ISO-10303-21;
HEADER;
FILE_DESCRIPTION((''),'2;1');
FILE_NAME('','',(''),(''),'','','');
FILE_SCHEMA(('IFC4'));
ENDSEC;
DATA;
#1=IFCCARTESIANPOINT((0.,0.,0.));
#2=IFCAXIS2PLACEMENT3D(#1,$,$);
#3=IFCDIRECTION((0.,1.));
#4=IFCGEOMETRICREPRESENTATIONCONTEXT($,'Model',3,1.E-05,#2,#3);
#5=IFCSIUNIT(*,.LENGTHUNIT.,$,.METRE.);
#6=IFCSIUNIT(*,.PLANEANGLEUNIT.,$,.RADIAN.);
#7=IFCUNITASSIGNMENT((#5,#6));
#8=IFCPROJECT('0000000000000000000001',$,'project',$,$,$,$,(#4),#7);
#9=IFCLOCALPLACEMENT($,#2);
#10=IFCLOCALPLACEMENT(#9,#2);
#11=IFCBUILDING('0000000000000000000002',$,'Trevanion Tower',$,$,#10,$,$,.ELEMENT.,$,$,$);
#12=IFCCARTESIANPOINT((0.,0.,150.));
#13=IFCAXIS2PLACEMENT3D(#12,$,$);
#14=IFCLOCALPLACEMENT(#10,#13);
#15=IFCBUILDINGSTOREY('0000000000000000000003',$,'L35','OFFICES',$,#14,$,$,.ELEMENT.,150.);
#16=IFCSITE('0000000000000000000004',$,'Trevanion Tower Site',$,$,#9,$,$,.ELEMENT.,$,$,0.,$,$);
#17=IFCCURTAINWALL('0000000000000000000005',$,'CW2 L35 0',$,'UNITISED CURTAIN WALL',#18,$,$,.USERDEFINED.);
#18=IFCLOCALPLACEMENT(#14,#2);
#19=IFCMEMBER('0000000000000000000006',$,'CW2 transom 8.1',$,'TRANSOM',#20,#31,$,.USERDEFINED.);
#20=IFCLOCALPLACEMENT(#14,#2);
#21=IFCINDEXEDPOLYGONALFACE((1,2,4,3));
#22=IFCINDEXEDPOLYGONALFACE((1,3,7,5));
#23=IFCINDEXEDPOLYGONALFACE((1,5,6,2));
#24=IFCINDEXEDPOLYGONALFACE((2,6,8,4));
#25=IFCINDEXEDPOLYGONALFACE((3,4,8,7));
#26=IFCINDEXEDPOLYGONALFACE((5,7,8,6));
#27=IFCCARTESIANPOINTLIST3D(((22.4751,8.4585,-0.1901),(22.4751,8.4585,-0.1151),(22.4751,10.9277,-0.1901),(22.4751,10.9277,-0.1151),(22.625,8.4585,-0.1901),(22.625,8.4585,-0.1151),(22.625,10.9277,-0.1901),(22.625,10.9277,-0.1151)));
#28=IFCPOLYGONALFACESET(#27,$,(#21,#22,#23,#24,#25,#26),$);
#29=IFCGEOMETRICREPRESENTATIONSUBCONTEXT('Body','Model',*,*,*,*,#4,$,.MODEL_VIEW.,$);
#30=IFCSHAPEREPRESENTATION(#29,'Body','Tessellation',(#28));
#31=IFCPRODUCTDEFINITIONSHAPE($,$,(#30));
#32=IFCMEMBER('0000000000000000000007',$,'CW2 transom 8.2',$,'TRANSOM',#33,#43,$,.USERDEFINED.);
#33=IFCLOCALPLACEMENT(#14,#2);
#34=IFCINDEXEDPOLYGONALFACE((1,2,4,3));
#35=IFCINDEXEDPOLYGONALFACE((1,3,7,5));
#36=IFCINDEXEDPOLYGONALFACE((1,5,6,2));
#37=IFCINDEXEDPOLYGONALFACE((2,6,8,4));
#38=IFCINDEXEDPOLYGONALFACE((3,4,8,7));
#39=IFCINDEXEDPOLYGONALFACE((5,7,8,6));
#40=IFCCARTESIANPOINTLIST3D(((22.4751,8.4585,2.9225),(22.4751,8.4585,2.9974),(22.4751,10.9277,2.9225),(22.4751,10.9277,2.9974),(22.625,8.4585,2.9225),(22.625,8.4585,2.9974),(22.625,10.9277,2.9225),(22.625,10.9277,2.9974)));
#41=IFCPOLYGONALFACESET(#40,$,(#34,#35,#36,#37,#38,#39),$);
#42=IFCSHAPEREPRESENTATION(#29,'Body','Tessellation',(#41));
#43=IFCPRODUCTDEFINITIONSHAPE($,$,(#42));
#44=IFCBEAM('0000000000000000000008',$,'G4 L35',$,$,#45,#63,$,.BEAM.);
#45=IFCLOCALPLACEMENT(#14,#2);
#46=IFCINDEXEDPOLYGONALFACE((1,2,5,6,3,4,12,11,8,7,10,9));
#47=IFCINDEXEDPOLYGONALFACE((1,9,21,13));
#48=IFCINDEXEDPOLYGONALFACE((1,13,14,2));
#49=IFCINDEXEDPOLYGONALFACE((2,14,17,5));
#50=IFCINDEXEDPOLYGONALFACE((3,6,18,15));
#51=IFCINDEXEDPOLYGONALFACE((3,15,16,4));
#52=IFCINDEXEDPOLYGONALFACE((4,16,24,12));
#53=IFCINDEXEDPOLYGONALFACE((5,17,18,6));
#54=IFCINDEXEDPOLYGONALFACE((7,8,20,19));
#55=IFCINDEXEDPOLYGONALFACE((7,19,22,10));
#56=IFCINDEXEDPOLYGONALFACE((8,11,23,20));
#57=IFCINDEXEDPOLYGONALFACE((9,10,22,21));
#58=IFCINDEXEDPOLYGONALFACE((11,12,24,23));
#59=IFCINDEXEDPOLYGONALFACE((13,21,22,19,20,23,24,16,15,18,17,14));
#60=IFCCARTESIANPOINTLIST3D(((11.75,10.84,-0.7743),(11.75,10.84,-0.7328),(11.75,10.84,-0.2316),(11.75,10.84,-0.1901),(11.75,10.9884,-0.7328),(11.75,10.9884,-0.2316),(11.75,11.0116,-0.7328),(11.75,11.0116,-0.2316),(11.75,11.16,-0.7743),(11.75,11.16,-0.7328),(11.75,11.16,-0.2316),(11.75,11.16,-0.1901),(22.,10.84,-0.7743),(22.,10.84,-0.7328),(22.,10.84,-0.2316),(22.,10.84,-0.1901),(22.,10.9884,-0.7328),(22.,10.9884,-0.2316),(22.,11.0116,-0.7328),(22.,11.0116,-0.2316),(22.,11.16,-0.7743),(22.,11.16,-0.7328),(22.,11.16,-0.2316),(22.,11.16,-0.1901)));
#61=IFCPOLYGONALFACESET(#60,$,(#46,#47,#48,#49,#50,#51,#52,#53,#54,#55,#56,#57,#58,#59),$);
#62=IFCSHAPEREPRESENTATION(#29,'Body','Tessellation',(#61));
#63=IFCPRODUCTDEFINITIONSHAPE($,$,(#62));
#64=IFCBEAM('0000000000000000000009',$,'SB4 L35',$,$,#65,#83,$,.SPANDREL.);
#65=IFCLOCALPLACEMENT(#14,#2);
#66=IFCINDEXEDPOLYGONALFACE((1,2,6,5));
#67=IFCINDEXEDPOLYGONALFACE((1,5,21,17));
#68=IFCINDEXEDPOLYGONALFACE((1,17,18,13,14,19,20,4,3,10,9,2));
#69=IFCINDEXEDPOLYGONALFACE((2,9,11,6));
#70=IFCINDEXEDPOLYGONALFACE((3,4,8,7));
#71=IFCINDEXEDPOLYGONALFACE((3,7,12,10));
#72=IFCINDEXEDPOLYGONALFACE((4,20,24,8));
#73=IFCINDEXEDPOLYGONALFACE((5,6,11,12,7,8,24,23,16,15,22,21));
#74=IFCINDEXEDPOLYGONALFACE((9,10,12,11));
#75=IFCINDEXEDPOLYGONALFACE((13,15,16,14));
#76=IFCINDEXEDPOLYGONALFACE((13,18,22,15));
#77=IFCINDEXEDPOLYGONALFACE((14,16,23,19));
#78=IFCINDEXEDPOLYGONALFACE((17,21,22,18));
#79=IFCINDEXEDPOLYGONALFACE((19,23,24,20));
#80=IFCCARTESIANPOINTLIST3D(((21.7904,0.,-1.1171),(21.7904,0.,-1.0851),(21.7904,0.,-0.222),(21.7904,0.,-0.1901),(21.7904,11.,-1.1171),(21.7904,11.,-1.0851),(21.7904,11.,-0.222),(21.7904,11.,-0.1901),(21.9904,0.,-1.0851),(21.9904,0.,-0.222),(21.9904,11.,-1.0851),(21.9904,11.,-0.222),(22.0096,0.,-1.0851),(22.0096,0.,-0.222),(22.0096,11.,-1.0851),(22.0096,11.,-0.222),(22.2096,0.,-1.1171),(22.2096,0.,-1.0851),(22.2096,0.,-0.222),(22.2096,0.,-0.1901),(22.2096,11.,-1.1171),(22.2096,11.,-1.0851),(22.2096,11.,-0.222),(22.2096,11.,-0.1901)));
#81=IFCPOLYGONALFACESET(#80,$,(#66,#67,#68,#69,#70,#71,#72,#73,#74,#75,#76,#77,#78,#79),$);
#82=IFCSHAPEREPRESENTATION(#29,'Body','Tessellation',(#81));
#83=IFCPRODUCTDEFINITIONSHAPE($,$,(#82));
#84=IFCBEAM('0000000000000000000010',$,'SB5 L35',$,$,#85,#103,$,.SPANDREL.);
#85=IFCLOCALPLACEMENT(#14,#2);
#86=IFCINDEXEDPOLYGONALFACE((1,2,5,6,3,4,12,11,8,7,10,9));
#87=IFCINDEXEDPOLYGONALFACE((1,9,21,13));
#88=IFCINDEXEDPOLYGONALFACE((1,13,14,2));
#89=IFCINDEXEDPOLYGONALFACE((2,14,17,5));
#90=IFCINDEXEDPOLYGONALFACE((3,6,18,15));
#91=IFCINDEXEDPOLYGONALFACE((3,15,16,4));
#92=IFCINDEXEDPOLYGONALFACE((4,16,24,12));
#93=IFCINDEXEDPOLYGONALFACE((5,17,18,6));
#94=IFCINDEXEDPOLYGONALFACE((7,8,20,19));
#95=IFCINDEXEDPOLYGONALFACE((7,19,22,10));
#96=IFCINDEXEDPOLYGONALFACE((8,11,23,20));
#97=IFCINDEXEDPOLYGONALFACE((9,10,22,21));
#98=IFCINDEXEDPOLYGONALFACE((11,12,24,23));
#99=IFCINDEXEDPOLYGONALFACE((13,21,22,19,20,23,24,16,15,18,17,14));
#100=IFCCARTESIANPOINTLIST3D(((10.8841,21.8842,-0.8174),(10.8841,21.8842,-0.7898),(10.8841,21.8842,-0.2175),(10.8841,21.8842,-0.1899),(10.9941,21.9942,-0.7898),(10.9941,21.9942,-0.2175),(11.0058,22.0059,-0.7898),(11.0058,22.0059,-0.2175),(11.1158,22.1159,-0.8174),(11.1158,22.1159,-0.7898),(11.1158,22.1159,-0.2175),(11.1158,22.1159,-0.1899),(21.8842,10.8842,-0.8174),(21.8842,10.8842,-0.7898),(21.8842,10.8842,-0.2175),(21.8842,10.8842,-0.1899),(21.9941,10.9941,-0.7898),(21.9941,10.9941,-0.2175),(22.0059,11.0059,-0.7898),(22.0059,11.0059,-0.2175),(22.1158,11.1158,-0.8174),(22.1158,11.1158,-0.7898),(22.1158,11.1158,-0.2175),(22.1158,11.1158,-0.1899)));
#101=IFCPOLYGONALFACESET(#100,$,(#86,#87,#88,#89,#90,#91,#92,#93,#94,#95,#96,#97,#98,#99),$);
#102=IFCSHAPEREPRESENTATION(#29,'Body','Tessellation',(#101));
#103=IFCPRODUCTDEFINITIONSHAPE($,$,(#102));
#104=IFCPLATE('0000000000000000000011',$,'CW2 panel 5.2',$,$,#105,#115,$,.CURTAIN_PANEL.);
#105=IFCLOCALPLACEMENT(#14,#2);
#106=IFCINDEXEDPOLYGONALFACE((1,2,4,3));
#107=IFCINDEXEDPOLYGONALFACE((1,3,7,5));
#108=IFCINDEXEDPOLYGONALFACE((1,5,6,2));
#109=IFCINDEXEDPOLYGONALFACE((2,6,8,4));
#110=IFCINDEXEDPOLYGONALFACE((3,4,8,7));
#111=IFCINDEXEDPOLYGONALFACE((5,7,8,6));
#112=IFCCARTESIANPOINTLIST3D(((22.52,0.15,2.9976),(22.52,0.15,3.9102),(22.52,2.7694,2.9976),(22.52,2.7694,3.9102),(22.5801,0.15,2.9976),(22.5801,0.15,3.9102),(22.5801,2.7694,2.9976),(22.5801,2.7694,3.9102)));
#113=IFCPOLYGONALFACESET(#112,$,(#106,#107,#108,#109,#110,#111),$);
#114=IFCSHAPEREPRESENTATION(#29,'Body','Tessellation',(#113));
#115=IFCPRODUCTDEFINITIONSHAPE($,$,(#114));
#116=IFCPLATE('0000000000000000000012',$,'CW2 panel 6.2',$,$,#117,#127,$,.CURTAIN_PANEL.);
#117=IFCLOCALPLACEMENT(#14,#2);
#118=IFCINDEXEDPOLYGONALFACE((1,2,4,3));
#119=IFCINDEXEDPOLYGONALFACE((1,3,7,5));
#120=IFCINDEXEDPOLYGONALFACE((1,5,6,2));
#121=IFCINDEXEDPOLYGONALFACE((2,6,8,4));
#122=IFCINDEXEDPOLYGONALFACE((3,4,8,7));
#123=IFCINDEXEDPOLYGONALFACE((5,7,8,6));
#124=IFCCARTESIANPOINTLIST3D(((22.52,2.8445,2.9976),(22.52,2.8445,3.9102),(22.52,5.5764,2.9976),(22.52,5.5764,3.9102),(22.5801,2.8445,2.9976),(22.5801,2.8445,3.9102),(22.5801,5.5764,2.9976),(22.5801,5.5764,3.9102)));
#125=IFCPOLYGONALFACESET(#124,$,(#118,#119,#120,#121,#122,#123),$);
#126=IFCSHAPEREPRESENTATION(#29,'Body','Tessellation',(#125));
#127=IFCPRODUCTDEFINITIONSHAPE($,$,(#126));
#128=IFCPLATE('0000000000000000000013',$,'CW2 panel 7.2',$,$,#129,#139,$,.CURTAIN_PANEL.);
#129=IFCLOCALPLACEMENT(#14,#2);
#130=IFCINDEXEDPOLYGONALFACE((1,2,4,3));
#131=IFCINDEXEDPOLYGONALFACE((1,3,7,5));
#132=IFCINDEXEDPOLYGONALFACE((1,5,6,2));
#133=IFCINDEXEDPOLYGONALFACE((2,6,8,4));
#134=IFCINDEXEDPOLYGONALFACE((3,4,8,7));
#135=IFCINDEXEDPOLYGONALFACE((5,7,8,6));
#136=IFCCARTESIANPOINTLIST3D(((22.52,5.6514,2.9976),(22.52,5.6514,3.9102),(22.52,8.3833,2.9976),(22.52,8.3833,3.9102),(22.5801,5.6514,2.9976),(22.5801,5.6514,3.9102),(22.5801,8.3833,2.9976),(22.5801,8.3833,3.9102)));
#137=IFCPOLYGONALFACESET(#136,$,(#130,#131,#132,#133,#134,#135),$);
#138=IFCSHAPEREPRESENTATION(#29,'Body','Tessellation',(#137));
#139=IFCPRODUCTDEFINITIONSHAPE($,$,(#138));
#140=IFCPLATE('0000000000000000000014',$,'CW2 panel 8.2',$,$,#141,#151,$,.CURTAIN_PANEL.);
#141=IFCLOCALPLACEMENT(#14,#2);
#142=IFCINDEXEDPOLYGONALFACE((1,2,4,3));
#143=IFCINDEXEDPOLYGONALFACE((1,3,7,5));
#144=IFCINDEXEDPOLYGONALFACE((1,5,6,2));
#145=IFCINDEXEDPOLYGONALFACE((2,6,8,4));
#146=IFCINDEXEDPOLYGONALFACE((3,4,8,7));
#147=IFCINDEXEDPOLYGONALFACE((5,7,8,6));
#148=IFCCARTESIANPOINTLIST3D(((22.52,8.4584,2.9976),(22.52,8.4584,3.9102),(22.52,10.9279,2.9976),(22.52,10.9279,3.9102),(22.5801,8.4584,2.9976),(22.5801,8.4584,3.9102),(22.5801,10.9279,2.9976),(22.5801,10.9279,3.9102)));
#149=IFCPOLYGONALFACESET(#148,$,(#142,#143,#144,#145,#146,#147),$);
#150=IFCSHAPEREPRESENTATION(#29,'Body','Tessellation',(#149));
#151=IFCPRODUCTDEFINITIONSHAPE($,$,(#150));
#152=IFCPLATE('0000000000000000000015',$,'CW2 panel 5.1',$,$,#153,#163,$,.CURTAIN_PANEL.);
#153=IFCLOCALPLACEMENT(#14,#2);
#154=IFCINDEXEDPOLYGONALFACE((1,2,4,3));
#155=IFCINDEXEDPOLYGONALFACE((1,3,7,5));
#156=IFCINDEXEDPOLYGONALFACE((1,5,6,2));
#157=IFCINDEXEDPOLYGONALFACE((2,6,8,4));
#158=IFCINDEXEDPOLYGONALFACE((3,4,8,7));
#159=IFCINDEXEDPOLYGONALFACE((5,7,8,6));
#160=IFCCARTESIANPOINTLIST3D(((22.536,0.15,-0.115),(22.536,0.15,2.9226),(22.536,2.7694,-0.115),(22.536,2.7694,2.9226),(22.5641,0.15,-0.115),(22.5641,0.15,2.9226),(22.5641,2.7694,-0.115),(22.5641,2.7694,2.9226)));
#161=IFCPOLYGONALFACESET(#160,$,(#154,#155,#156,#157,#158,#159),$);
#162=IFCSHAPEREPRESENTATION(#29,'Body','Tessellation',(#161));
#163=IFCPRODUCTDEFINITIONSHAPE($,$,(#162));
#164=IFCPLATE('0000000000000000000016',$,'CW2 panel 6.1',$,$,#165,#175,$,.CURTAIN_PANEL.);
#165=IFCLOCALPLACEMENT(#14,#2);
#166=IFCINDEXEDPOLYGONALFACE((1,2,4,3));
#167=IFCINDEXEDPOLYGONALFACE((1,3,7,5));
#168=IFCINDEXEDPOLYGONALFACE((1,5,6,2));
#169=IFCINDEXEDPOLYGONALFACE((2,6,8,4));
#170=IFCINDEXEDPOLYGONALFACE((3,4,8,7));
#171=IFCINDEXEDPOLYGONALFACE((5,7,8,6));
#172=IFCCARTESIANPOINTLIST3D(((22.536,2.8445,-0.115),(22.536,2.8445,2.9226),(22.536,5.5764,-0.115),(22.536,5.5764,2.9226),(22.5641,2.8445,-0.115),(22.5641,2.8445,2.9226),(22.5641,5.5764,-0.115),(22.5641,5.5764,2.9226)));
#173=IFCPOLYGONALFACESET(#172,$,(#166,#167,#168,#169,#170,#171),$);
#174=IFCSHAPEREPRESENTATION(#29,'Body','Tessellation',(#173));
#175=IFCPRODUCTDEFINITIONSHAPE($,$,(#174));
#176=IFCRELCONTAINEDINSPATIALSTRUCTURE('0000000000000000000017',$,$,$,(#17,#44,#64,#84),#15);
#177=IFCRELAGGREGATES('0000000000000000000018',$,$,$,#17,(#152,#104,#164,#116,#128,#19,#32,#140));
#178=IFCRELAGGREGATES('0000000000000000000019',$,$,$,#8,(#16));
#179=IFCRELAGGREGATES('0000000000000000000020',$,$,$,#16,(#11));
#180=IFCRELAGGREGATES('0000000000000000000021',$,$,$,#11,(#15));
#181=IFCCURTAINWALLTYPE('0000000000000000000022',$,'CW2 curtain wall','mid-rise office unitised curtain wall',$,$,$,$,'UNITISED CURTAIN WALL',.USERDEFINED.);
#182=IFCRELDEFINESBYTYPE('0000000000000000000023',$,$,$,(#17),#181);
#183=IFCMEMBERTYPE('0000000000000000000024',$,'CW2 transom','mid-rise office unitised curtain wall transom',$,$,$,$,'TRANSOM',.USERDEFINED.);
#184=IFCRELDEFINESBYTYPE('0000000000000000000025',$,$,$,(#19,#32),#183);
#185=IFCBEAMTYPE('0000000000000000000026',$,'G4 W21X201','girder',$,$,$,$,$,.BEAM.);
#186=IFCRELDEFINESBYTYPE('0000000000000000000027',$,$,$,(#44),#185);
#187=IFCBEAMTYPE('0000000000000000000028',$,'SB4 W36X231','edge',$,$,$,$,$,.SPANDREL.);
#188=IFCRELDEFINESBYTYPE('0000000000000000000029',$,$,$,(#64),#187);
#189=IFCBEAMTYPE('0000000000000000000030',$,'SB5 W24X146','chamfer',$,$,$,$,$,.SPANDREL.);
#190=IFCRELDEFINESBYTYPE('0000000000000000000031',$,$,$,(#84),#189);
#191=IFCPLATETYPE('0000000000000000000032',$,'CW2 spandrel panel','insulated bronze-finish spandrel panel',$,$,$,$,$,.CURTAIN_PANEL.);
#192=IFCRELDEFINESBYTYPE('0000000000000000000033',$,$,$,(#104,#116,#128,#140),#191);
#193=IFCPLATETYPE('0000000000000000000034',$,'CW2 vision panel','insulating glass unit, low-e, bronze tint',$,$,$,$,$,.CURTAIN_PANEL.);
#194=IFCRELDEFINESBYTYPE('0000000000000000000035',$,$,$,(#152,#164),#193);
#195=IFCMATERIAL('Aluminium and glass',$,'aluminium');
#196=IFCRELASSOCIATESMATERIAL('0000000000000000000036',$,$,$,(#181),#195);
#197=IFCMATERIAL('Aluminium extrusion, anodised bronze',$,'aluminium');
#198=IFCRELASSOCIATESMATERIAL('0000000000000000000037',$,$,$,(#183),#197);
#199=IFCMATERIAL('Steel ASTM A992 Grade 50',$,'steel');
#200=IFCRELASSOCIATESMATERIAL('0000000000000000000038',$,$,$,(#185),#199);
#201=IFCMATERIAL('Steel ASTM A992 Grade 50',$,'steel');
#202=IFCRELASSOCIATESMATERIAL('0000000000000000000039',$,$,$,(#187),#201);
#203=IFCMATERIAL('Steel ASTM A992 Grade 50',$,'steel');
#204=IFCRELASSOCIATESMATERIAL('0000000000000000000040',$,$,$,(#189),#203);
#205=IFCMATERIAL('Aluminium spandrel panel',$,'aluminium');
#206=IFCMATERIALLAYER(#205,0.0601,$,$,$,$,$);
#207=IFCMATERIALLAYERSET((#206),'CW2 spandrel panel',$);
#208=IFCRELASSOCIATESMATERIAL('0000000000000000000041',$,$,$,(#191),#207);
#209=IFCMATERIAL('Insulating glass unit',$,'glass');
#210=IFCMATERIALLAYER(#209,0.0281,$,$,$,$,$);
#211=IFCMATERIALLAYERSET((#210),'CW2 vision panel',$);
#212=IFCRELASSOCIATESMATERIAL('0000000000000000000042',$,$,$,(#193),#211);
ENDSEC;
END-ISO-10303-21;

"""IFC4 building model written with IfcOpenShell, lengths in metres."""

from ifc_helpers import new_model, si_unit, direction, frame, origin, origin_2d, place, context, subcontext, project, spatial, rectangle, i_section, extrude, material, layer, layer_set, material_profile, profile_set, type_object, element, aggregate, save


model = new_model("IFC4")

# Units and contexts
model_context = context("Model", 3, precision=1e-05, world=origin(), true_north=direction((0.0, 1.0)))
body_context = subcontext(model_context, "Body", "Model", "MODEL_VIEW")
ifc_project = project(units=[si_unit("LENGTHUNIT", "METRE"), si_unit("PLANEANGLEUNIT", "RADIAN")], contexts=[model_context])

# Site, building, storey
site_placement = place(None, origin())
site = spatial("IfcSite", under=ifc_project, at=site_placement, Name="Trevanion Tower Site", CompositionType="ELEMENT", RefElevation=0.0)
building_placement = place(site_placement, origin())
building = spatial("IfcBuilding", under=site, at=building_placement, Name="Trevanion Tower", CompositionType="ELEMENT")
storey_placement = place(building_placement, frame((0.0, 0.0, 150.0)))
storey = spatial("IfcBuildingStorey", under=building, at=storey_placement, Name="L35", Description="OFFICES", CompositionType="ELEMENT", Elevation=150.0)

# Curtain wall, members
ifc_material_1 = material(Name="Aluminium and glass", Category="aluminium")
curtain_wall_type = type_object("IfcCurtainWallType", Name="CW2 curtain wall", Description="mid-rise office unitised curtain wall", ElementType="UNITISED CURTAIN WALL", PredefinedType="USERDEFINED", material=ifc_material_1)
curtain_wall_placement = place(storey_placement, origin())
curtain_wall = element("IfcCurtainWall", 1, at=curtain_wall_placement, inside=storey, type_object=curtain_wall_type, Name="CW2 L35 0", ObjectType="UNITISED CURTAIN WALL", PredefinedType="USERDEFINED")
ifc_material_2 = material(Name="Aluminium extrusion, anodised bronze", Category="aluminium")
ifc_material_profile_1 = material_profile(ifc_material_2, rectangle(XDim=0.1499, YDim=0.075, at=origin_2d()), Name="CW2 transom")
ifc_profile_set_1 = profile_set([ifc_material_profile_1], Name="Aluminium extrusion, anodised bronze")
member_type_1 = type_object("IfcMemberType", Name="CW2 transom", Description="mid-rise office unitised curtain wall transom", ElementType="TRANSOM", PredefinedType="USERDEFINED", material=ifc_profile_set_1)
member_1_placement = place(storey_placement, frame((22.55, 8.4585, -0.1526), z_axis=(0.0, 1.0, 0.0), x_axis=(-1.0, 0.0, 0.0)))
member_1 = element("IfcMember", 2, at=member_1_placement, type_object=member_type_1, Name="CW2 transom 8.1", ObjectType="TRANSOM", PredefinedType="USERDEFINED", context=body_context, shape_type="SweptSolid", body=[
    extrude(rectangle(XDim=0.1499, YDim=0.075, at=origin_2d()), origin(), (0.0, 0.0, 1.0), 2.4692),
])
member_2_placement = place(storey_placement, frame((22.55, 8.4585, 2.96), z_axis=(0.0, 1.0, 0.0), x_axis=(-1.0, 0.0, 0.0)))
member_2 = element("IfcMember", 3, at=member_2_placement, type_object=member_type_1, Name="CW2 transom 8.2", ObjectType="TRANSOM", PredefinedType="USERDEFINED", context=body_context, shape_type="SweptSolid", body=[
    extrude(rectangle(XDim=0.1499, YDim=0.075, at=origin_2d()), origin(), (0.0, 0.0, 1.0), 2.4692),
])

# Beams
ifc_material_3 = material(Name="Steel ASTM A992 Grade 50", Category="steel")
ifc_material_profile_2 = material_profile(ifc_material_3, i_section(OverallWidth=0.3201, OverallDepth=0.5842, WebThickness=0.0232, FlangeThickness=0.0415, at=origin_2d()), Name="W21X201")
ifc_profile_set_2 = profile_set([ifc_material_profile_2], Name="Steel ASTM A992 Grade 50")
beam_type_1 = type_object("IfcBeamType", Name="G4 W21X201", Description="girder", PredefinedType="BEAM", material=ifc_profile_set_2)
beam_1_placement = place(storey_placement, frame((11.75, 11.0, -0.4822), z_axis=(1.0, 0.0, 0.0), x_axis=(0.0, 1.0, 0.0)))
element("IfcBeam", 4, at=beam_1_placement, inside=storey, type_object=beam_type_1, Name="G4 L35", PredefinedType="BEAM", context=body_context, shape_type="SweptSolid", body=[
    extrude(i_section(OverallWidth=0.3201, OverallDepth=0.5842, WebThickness=0.0232, FlangeThickness=0.0415, at=origin_2d()), origin(), (0.0, 0.0, 1.0), 10.25),
])
ifc_material_4 = material(Name="Steel ASTM A992 Grade 50", Category="steel")
ifc_material_profile_3 = material_profile(ifc_material_4, i_section(OverallWidth=0.4192, OverallDepth=0.927, WebThickness=0.0193, FlangeThickness=0.032, at=origin_2d()), Name="W36X231")
ifc_profile_set_3 = profile_set([ifc_material_profile_3], Name="Steel ASTM A992 Grade 50")
beam_type_2 = type_object("IfcBeamType", Name="SB4 W36X231", Description="edge", PredefinedType="SPANDREL", material=ifc_profile_set_3)
beam_2_placement = place(storey_placement, frame((22.0, 0.0, -0.6536), z_axis=(0.0, 1.0, 0.0), x_axis=(-1.0, 0.0, 0.0)))
element("IfcBeam", 5, at=beam_2_placement, inside=storey, type_object=beam_type_2, Name="SB4 L35", PredefinedType="SPANDREL", context=body_context, shape_type="SweptSolid", body=[
    extrude(i_section(OverallWidth=0.4192, OverallDepth=0.927, WebThickness=0.0193, FlangeThickness=0.032, at=origin_2d()), origin(), (0.0, 0.0, 1.0), 11.0),
])
ifc_material_5 = material(Name="Steel ASTM A992 Grade 50", Category="steel")
ifc_material_profile_4 = material_profile(ifc_material_5, i_section(OverallWidth=0.3276, OverallDepth=0.6274, WebThickness=0.0166, FlangeThickness=0.0276, at=origin_2d()), Name="W24X146")
ifc_profile_set_4 = profile_set([ifc_material_profile_4], Name="Steel ASTM A992 Grade 50")
beam_type_3 = type_object("IfcBeamType", Name="SB5 W24X146", Description="chamfer", PredefinedType="SPANDREL", material=ifc_profile_set_4)
beam_3_placement = place(storey_placement, frame((22.0, 11.0, -0.5037), z_axis=(-0.707107, 0.707107, 0.0), x_axis=(-0.707107, -0.707107, 0.0)))
element("IfcBeam", 6, at=beam_3_placement, inside=storey, type_object=beam_type_3, Name="SB5 L35", PredefinedType="SPANDREL", context=body_context, shape_type="SweptSolid", body=[
    extrude(i_section(OverallWidth=0.3276, OverallDepth=0.6274, WebThickness=0.0166, FlangeThickness=0.0276, at=origin_2d()), origin(), (0.0, 0.0, 1.0), 15.5564),
])

# Plates
ifc_material_6 = material(Name="Aluminium spandrel panel", Category="aluminium")
ifc_layer_1 = layer(ifc_material_6, 0.0601)
ifc_layer_set_1 = layer_set([ifc_layer_1], Name="CW2 spandrel panel")
plate_type_1 = type_object("IfcPlateType", Name="CW2 spandrel panel", Description="insulated bronze-finish spandrel panel", PredefinedType="CURTAIN_PANEL", material=ifc_layer_set_1)
plate_1_placement = place(storey_placement, frame((22.55, 1.4597, 2.9976), z_axis=(0.0, 0.0, 1.0), x_axis=(0.0, 1.0, 0.0)))
plate_1 = element("IfcPlate", 7, at=plate_1_placement, type_object=plate_type_1, Name="CW2 panel 5.2", PredefinedType="CURTAIN_PANEL", context=body_context, shape_type="SweptSolid", body=[
    extrude(rectangle(XDim=2.6194, YDim=0.0601, at=origin_2d()), origin(), (0.0, 0.0, 1.0), 0.9126),
])
plate_2_placement = place(storey_placement, frame((22.55, 4.2104, 2.9976), z_axis=(0.0, 0.0, 1.0), x_axis=(0.0, 1.0, 0.0)))
plate_2 = element("IfcPlate", 8, at=plate_2_placement, type_object=plate_type_1, Name="CW2 panel 6.2", PredefinedType="CURTAIN_PANEL", context=body_context, shape_type="SweptSolid", body=[
    extrude(rectangle(XDim=2.7319, YDim=0.0601, at=origin_2d()), origin(), (0.0, 0.0, 1.0), 0.9126),
])
plate_3_placement = place(storey_placement, frame((22.55, 7.0173, 2.9976), z_axis=(0.0, 0.0, 1.0), x_axis=(0.0, 1.0, 0.0)))
plate_3 = element("IfcPlate", 9, at=plate_3_placement, type_object=plate_type_1, Name="CW2 panel 7.2", PredefinedType="CURTAIN_PANEL", context=body_context, shape_type="SweptSolid", body=[
    extrude(rectangle(XDim=2.7319, YDim=0.0601, at=origin_2d()), origin(), (0.0, 0.0, 1.0), 0.9126),
])
plate_4_placement = place(storey_placement, frame((22.55, 9.6931, 2.9976), z_axis=(0.0, 0.0, 1.0), x_axis=(0.0, 1.0, 0.0)))
plate_4 = element("IfcPlate", 10, at=plate_4_placement, type_object=plate_type_1, Name="CW2 panel 8.2", PredefinedType="CURTAIN_PANEL", context=body_context, shape_type="SweptSolid", body=[
    extrude(rectangle(XDim=2.4695, YDim=0.0601, at=origin_2d()), origin(), (0.0, 0.0, 1.0), 0.9126),
])
ifc_material_7 = material(Name="Insulating glass unit", Category="glass")
ifc_layer_2 = layer(ifc_material_7, 0.0281)
ifc_layer_set_2 = layer_set([ifc_layer_2], Name="CW2 vision panel")
plate_type_2 = type_object("IfcPlateType", Name="CW2 vision panel", Description="insulating glass unit, low-e, bronze tint", PredefinedType="CURTAIN_PANEL", material=ifc_layer_set_2)
plate_5_placement = place(storey_placement, frame((22.55, 1.4597, -0.115), z_axis=(0.0, 0.0, 1.0), x_axis=(0.0, 1.0, 0.0)))
plate_5 = element("IfcPlate", 11, at=plate_5_placement, type_object=plate_type_2, Name="CW2 panel 5.1", PredefinedType="CURTAIN_PANEL", context=body_context, shape_type="SweptSolid", body=[
    extrude(rectangle(XDim=2.6194, YDim=0.0281, at=origin_2d()), origin(), (0.0, 0.0, 1.0), 3.0376),
])
plate_6_placement = place(storey_placement, frame((22.55, 4.2104, -0.115), z_axis=(0.0, 0.0, 1.0), x_axis=(0.0, 1.0, 0.0)))
plate_6 = element("IfcPlate", 12, at=plate_6_placement, type_object=plate_type_2, Name="CW2 panel 6.1", PredefinedType="CURTAIN_PANEL", context=body_context, shape_type="SweptSolid", body=[
    extrude(rectangle(XDim=2.7319, YDim=0.0281, at=origin_2d()), origin(), (0.0, 0.0, 1.0), 3.0376),
])
aggregate(curtain_wall, [plate_5, plate_1, plate_6, plate_2, plate_3, member_1, member_2, plate_4])

save(model, "model.ifc")
